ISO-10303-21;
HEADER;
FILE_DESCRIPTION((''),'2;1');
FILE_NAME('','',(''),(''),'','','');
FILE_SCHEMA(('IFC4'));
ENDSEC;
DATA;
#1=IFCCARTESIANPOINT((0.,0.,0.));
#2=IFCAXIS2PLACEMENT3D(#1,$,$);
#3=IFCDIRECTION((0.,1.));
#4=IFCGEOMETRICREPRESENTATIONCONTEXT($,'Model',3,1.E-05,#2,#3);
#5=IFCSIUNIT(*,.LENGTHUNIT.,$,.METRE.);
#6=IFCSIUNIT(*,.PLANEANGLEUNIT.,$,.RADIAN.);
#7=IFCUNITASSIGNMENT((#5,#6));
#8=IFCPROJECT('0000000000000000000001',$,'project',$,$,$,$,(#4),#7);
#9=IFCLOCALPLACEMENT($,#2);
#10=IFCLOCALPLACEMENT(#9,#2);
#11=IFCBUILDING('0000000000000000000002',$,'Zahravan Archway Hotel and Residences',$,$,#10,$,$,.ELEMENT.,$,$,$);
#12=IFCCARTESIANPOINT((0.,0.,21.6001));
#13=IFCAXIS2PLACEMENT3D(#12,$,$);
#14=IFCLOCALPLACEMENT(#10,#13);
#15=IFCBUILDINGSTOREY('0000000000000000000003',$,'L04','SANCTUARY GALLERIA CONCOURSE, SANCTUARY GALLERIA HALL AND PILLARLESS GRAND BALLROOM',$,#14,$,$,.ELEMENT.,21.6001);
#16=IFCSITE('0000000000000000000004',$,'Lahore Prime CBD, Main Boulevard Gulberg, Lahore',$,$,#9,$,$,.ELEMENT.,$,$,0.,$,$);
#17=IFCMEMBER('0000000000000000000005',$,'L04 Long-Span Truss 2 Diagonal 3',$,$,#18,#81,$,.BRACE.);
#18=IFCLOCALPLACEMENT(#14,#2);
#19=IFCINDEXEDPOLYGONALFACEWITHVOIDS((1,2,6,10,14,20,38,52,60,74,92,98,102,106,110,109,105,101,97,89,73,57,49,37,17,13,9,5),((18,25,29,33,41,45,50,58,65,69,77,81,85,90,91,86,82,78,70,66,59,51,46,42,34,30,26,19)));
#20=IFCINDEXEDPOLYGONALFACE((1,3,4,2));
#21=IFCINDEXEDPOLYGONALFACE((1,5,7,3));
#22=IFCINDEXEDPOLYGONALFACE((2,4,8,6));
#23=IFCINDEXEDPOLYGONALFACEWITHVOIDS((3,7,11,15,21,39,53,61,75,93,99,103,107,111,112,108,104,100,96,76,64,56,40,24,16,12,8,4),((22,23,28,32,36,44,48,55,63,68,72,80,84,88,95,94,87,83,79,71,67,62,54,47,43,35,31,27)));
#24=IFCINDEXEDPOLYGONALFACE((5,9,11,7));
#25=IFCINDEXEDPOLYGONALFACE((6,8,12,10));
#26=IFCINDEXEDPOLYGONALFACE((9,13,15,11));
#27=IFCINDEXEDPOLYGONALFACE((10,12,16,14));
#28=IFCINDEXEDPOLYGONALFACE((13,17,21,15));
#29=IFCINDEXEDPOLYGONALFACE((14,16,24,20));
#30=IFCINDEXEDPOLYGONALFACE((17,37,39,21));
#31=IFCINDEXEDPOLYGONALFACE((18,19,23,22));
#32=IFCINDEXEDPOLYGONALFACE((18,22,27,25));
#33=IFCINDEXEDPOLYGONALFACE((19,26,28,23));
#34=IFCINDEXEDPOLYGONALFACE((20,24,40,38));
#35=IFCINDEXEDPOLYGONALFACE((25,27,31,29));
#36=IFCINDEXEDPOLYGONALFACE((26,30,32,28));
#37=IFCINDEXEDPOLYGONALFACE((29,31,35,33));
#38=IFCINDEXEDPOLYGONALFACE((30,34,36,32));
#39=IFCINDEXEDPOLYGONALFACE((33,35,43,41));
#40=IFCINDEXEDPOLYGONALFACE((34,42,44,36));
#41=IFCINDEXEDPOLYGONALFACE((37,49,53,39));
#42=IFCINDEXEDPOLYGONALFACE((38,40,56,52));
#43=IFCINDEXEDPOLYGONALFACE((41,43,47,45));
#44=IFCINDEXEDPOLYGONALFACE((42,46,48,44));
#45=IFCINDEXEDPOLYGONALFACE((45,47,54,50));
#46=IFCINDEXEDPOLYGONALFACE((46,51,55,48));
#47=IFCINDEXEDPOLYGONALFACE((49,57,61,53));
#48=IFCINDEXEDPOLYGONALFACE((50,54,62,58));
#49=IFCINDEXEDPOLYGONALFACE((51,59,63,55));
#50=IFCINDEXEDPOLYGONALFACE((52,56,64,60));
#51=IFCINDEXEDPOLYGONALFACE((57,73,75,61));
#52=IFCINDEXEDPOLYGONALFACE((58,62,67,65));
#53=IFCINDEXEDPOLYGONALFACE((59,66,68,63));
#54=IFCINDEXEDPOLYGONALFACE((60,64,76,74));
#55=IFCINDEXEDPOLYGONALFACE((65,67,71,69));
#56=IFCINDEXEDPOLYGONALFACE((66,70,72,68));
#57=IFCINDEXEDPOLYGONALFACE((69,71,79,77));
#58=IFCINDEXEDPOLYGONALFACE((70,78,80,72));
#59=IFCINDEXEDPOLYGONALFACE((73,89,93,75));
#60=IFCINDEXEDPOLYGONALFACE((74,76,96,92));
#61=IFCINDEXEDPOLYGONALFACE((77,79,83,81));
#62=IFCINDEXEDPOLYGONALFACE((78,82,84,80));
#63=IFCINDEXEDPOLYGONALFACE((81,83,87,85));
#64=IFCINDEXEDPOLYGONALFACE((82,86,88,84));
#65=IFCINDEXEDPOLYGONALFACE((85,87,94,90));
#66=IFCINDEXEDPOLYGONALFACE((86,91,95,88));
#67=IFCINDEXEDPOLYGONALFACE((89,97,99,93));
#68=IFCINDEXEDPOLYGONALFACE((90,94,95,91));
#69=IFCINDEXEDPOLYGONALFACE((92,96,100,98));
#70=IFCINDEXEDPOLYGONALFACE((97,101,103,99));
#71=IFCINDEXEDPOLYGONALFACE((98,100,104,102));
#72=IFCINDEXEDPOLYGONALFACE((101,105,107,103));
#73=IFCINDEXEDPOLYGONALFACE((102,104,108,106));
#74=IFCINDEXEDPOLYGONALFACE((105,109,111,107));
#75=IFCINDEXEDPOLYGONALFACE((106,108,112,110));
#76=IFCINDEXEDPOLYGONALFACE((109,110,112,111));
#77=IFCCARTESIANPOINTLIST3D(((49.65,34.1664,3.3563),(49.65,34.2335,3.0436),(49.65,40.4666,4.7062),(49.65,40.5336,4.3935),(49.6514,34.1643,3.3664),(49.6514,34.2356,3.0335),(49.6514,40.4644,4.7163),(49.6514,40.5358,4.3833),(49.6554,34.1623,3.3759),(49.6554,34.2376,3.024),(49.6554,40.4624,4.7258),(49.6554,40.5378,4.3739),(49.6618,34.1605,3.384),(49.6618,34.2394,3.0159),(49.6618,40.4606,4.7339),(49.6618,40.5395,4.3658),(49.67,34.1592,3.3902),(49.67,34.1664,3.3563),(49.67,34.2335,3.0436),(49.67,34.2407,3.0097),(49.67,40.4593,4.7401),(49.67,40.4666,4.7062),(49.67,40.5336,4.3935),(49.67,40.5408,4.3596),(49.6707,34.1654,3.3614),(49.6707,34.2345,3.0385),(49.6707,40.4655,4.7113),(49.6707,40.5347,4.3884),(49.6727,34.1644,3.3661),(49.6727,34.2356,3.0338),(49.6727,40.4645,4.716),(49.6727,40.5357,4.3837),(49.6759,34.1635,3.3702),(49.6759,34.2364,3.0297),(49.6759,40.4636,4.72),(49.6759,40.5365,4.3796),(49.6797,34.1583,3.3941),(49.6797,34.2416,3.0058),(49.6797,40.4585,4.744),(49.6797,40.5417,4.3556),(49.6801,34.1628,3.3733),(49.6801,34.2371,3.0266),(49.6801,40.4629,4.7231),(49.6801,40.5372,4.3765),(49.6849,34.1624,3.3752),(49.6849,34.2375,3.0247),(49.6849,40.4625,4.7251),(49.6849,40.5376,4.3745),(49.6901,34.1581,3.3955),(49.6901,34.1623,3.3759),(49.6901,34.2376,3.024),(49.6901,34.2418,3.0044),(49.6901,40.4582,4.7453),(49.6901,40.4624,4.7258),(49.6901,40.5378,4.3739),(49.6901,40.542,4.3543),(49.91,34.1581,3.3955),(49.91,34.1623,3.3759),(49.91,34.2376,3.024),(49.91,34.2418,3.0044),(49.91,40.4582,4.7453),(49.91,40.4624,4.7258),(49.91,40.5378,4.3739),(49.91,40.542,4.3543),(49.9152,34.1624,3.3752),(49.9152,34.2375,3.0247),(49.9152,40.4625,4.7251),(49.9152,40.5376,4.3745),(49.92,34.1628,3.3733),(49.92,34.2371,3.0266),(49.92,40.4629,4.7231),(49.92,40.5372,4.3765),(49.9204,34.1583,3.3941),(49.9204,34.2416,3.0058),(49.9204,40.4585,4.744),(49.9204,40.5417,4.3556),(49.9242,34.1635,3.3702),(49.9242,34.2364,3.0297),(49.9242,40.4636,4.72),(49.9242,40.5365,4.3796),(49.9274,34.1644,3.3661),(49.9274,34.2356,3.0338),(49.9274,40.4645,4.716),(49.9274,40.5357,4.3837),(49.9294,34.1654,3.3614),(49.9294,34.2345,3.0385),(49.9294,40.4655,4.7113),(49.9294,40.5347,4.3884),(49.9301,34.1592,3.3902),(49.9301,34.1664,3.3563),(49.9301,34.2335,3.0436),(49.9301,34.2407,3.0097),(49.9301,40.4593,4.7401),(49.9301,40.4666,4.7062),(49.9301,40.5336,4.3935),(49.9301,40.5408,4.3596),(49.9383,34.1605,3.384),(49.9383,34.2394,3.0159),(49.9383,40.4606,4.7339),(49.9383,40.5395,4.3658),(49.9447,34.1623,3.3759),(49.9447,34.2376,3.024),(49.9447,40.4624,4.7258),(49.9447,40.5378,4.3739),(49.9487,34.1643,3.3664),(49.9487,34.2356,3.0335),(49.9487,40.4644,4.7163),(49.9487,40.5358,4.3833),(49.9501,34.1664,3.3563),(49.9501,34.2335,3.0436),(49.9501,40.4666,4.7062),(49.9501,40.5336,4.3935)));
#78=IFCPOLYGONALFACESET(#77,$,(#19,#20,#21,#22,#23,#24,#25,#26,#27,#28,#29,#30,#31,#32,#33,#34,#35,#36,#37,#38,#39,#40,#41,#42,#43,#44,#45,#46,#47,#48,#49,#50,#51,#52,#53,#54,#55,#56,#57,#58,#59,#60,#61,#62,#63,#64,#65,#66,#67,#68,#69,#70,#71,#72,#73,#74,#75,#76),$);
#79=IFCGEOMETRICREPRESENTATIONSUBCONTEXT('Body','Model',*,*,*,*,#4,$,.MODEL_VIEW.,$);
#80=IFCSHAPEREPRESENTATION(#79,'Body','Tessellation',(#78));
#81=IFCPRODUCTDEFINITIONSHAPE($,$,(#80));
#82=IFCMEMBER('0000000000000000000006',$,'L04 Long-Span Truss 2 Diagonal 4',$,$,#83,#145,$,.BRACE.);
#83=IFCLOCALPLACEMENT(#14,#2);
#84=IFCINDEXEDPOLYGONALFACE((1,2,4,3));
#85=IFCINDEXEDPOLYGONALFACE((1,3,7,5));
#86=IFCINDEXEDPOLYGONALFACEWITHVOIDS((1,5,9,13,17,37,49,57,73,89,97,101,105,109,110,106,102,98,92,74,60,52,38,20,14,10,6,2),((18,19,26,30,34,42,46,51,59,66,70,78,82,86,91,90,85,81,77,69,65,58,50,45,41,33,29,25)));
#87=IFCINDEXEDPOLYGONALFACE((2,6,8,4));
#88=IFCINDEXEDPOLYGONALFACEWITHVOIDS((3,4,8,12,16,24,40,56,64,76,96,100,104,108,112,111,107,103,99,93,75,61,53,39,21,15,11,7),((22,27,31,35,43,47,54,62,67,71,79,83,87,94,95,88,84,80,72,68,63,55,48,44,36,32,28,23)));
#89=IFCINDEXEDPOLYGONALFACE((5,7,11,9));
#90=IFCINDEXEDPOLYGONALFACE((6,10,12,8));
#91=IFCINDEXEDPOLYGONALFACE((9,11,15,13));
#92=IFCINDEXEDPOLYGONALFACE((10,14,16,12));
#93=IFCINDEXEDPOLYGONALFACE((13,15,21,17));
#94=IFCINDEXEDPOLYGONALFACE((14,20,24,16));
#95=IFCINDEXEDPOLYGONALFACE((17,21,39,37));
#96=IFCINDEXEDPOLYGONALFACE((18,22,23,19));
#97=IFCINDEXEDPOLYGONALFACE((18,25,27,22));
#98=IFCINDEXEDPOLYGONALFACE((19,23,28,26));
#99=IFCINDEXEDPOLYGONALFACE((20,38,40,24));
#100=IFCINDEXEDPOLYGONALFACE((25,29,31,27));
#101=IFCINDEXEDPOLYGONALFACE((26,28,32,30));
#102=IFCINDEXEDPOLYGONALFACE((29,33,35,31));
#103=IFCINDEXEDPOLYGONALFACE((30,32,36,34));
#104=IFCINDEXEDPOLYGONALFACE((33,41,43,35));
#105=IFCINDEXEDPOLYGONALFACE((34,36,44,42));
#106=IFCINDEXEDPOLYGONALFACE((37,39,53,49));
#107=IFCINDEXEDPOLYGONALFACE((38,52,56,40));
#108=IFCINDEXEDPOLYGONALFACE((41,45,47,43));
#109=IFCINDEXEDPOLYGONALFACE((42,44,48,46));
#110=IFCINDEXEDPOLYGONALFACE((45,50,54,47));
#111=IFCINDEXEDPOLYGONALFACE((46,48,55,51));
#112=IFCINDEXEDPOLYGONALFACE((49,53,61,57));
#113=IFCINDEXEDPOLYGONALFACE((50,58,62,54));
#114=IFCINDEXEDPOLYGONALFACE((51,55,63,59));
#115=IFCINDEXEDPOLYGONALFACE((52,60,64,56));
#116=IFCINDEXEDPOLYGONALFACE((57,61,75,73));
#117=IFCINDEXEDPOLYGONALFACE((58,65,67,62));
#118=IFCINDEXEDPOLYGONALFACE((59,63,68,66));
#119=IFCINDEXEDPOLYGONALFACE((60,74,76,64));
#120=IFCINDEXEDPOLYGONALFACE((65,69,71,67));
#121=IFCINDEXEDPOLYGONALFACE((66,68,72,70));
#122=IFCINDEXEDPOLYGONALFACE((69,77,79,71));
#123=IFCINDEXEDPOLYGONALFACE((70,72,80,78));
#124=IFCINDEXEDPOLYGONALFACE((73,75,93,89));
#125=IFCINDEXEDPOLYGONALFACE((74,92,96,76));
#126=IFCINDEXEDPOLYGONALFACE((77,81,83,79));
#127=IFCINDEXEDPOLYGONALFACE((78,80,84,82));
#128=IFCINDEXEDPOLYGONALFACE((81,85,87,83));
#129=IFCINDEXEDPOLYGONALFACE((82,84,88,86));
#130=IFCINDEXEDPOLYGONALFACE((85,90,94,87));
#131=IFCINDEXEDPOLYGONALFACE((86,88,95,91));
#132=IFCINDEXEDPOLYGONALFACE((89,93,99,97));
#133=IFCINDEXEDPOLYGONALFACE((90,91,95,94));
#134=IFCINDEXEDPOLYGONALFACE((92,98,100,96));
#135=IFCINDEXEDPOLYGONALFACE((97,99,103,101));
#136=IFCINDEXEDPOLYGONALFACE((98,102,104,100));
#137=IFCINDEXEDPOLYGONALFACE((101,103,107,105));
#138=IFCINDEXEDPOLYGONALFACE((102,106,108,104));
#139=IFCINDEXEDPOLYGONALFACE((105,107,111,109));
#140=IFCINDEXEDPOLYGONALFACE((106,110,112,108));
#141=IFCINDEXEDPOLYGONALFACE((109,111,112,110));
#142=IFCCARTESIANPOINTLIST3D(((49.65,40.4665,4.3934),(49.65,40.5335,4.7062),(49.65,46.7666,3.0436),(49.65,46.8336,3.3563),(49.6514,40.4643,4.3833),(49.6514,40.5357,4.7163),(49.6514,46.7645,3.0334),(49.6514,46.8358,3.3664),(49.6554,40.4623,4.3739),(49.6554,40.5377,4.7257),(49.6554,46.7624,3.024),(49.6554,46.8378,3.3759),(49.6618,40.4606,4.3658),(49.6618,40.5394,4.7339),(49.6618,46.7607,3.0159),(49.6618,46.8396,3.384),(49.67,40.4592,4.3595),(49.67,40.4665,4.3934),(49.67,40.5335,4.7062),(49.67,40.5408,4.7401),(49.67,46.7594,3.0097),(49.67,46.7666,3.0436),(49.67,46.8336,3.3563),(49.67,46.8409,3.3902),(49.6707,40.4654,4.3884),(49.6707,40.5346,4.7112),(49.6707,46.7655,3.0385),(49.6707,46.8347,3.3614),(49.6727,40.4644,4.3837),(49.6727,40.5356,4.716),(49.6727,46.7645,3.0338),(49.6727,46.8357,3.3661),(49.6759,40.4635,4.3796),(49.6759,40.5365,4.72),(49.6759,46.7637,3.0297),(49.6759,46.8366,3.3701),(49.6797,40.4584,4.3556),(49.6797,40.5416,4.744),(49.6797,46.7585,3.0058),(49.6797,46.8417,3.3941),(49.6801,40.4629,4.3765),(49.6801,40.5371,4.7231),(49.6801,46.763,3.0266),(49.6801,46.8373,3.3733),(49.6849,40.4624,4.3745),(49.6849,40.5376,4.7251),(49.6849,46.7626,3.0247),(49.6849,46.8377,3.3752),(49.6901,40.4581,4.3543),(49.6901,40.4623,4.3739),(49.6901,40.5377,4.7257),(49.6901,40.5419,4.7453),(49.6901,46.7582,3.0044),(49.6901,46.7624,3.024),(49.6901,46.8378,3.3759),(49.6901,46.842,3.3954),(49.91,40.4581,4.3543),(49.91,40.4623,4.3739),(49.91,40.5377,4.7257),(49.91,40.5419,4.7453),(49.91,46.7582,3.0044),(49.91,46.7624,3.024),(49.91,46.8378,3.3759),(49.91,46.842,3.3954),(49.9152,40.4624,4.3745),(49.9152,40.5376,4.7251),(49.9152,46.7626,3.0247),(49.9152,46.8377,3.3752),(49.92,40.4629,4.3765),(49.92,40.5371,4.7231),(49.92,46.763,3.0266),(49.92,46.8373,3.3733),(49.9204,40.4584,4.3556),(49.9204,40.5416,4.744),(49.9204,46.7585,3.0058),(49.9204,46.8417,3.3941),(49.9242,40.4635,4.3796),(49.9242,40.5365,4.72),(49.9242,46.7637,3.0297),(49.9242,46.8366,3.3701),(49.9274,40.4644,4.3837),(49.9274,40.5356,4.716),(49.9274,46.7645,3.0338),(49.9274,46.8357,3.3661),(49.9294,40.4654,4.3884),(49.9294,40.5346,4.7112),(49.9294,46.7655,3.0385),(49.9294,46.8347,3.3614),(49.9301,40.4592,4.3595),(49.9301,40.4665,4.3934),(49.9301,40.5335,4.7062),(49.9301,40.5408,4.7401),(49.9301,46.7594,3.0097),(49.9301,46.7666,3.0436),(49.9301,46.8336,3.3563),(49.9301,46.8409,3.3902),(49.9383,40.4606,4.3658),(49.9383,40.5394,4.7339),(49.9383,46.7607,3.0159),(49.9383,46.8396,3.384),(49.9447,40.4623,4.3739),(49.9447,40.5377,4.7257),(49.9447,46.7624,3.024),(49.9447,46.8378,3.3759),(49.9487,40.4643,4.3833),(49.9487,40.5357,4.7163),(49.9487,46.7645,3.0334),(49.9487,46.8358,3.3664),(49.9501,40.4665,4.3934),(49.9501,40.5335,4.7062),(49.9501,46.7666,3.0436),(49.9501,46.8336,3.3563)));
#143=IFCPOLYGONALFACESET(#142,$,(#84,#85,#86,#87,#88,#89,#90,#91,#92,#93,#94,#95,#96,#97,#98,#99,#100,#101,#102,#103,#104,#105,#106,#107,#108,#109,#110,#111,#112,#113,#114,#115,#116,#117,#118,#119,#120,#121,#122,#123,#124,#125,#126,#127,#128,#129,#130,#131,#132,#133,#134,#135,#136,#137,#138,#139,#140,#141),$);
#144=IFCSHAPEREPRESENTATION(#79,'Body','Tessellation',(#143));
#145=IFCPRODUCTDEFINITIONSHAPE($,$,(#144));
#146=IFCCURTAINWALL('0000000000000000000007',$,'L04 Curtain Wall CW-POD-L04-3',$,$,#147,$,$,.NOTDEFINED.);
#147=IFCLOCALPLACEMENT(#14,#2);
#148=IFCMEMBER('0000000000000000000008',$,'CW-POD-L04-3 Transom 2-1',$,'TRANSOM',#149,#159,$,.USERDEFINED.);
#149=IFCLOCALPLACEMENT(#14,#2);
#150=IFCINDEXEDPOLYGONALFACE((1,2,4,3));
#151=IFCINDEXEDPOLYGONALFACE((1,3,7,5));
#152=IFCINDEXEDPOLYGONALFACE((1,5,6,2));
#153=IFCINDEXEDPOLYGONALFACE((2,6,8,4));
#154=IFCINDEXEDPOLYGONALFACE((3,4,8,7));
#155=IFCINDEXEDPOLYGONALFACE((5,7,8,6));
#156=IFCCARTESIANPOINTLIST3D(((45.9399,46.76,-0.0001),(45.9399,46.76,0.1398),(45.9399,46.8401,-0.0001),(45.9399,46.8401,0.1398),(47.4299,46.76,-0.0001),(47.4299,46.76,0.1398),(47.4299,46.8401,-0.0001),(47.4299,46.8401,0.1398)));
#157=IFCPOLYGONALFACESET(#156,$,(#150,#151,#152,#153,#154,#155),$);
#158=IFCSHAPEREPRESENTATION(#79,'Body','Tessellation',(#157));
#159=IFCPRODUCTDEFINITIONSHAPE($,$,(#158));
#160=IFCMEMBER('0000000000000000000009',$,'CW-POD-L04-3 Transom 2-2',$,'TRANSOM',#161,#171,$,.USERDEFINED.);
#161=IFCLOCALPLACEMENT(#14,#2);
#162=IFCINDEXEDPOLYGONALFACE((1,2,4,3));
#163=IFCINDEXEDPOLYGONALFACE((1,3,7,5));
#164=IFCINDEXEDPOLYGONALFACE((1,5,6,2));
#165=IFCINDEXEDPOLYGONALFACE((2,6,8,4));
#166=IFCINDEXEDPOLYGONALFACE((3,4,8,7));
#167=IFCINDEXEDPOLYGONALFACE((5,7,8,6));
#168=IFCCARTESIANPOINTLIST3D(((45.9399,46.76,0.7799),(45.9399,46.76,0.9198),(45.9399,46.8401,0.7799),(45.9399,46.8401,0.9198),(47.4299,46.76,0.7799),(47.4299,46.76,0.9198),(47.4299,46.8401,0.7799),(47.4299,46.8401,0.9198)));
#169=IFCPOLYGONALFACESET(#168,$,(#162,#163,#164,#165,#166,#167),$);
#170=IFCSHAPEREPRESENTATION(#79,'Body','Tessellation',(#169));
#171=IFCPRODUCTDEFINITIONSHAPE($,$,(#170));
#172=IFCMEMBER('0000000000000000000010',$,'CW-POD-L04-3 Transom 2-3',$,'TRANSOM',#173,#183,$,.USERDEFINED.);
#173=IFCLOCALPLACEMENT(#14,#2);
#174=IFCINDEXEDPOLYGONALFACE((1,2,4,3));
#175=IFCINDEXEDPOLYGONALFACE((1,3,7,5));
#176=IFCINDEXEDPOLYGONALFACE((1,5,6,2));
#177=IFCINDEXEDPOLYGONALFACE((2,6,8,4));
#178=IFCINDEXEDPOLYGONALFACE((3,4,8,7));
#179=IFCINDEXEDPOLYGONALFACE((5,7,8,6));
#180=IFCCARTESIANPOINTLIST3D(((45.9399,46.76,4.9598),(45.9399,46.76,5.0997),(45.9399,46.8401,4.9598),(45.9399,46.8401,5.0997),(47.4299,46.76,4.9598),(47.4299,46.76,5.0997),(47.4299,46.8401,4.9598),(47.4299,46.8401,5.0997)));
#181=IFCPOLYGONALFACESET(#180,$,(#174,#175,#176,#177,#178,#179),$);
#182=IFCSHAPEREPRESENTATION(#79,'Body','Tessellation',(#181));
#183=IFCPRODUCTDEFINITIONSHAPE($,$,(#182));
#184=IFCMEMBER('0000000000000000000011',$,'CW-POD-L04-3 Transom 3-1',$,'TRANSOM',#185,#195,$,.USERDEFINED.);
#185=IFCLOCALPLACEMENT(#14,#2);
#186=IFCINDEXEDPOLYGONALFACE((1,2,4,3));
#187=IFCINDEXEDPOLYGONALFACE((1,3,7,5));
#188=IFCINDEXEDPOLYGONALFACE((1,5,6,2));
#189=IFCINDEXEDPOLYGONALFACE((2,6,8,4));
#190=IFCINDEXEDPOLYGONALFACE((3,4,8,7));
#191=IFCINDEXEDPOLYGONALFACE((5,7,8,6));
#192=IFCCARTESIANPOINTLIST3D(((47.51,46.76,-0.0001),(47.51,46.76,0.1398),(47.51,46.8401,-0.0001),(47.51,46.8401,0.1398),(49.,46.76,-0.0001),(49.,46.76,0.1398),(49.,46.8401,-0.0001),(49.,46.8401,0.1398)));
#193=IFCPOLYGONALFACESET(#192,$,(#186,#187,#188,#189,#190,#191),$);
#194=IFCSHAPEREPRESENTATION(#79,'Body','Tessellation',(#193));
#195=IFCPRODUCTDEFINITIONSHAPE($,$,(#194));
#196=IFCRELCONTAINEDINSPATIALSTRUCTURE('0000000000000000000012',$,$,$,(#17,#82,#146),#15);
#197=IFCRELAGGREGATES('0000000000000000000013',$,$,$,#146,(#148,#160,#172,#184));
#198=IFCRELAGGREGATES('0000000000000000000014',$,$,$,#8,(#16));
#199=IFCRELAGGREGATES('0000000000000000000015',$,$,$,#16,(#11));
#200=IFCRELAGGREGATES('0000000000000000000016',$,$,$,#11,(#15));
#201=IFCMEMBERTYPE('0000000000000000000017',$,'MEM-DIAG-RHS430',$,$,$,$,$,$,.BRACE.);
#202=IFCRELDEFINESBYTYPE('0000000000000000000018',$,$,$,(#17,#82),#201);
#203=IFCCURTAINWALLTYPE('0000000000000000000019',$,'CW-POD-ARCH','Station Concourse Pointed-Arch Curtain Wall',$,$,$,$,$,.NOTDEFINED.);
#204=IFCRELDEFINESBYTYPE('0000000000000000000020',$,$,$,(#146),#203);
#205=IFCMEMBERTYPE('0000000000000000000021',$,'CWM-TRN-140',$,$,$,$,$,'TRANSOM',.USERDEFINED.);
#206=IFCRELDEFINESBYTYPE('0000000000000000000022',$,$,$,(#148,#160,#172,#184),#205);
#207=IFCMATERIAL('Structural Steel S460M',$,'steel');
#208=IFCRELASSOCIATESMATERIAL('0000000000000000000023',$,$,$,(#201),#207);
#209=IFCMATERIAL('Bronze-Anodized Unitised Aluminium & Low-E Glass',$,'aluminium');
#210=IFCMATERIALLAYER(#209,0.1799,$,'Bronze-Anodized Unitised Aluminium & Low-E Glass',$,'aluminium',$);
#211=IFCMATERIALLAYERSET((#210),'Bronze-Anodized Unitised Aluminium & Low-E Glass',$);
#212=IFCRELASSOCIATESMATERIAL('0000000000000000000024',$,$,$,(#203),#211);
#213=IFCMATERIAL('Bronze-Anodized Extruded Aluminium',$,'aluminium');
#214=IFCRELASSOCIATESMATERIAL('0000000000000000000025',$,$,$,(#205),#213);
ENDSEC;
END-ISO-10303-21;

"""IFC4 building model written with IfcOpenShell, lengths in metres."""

from ifc_helpers import new_model, si_unit, direction, frame, origin, origin_2d, place, context, subcontext, project, spatial, rectangle, hollow_rectangle, extrude, source, transform, mapped, material, layer, layer_set, material_profile, profile_set, type_object, element, aggregate, save


model = new_model("IFC4")

# Units and contexts
model_context = context("Model", 3, precision=1e-05, world=origin(), true_north=direction((0.0, 1.0)))
body_context = subcontext(model_context, "Body", "Model", "MODEL_VIEW")
ifc_project = project(units=[si_unit("LENGTHUNIT", "METRE"), si_unit("PLANEANGLEUNIT", "RADIAN")], contexts=[model_context])

# Site, building, storey
site_placement = place(None, origin())
site = spatial("IfcSite", under=ifc_project, at=site_placement, Name="Lahore Prime CBD, Main Boulevard Gulberg, Lahore", CompositionType="ELEMENT", RefElevation=0.0)
building_placement = place(site_placement, origin())
building = spatial("IfcBuilding", under=site, at=building_placement, Name="Zahravan Archway Hotel and Residences", CompositionType="ELEMENT")
storey_placement = place(building_placement, frame((0.0, 0.0, 21.6001)))
storey = spatial("IfcBuildingStorey", under=building, at=storey_placement, Name="L04", Description="SANCTUARY GALLERIA CONCOURSE, SANCTUARY GALLERIA HALL AND PILLARLESS GRAND BALLROOM", CompositionType="ELEMENT", Elevation=21.6001)

# Members
ifc_material_1 = material(Name="Structural Steel S460M", Category="steel")
ifc_material_profile_1 = material_profile(ifc_material_1, hollow_rectangle(XDim=0.3, YDim=0.3999, WallThickness=0.02, InnerFilletRadius=0.02, OuterFilletRadius=0.04, at=origin_2d()), Name="RHS 400x300x20", Category="steel")
ifc_profile_set_1 = profile_set([ifc_material_profile_1], Name="Structural Steel S460M")
member_type_1 = type_object("IfcMemberType", Name="MEM-DIAG-RHS430", PredefinedType="BRACE", material=ifc_profile_set_1)
shared_shape_1 = source(origin(), body_context, "Body", "SweptSolid", [
    extrude(hollow_rectangle(XDim=0.3, YDim=0.3999, WallThickness=0.02, InnerFilletRadius=0.02, OuterFilletRadius=0.04, at=origin_2d()), origin(), (0.0, 0.0, 1.0), 6.4431),
])
for number, where, z_axis, x_axis, name in (
    (1, (49.8, 34.2, 3.2), (0.0, 0.977807, 0.209506), (-1.0, 0.0, 0.0), "L04 Long-Span Truss 2 Diagonal 3"),
    (2, (49.8, 40.5, 4.5498), (0.0, 0.977807, -0.209506), (-1.0, 0.0, 0.0), "L04 Long-Span Truss 2 Diagonal 4"),
):
    element("IfcMember", number, at=place(storey_placement, frame(where, z_axis=z_axis, x_axis=x_axis)), inside=storey, type_object=member_type_1, Name=name, PredefinedType="BRACE", context=body_context, shape_type="MappedRepresentation", body=[
        mapped(shared_shape_1, transform((0.0, 0.0, 0.0), scale=1.0)),
    ])

# Curtain wall, members
ifc_material_2 = material(Name="Bronze-Anodized Unitised Aluminium & Low-E Glass", Category="aluminium")
ifc_layer_1 = layer(ifc_material_2, 0.1799, Name="Bronze-Anodized Unitised Aluminium & Low-E Glass", Category="aluminium")
ifc_layer_set_1 = layer_set([ifc_layer_1], Name="Bronze-Anodized Unitised Aluminium & Low-E Glass")
curtain_wall_type = type_object("IfcCurtainWallType", Name="CW-POD-ARCH", Description="Station Concourse Pointed-Arch Curtain Wall", PredefinedType="NOTDEFINED", material=ifc_layer_set_1)
curtain_wall_placement = place(storey_placement, origin())
curtain_wall = element("IfcCurtainWall", 3, at=curtain_wall_placement, inside=storey, type_object=curtain_wall_type, Name="L04 Curtain Wall CW-POD-L04-3", PredefinedType="NOTDEFINED")
ifc_material_3 = material(Name="Bronze-Anodized Extruded Aluminium", Category="aluminium")
ifc_material_profile_2 = material_profile(ifc_material_3, rectangle(XDim=0.0801, YDim=0.1399, at=origin_2d()), Name="TRN 80x140", Category="aluminium")
ifc_profile_set_2 = profile_set([ifc_material_profile_2], Name="Bronze-Anodized Extruded Aluminium")
member_type_2 = type_object("IfcMemberType", Name="CWM-TRN-140", ElementType="TRANSOM", PredefinedType="USERDEFINED", material=ifc_profile_set_2)
shared_shape_2 = source(origin(), body_context, "Body", "SweptSolid", [
    extrude(rectangle(XDim=0.0801, YDim=0.1399, at=origin_2d()), origin(), (0.0, 0.0, 1.0), 1.49),
])
member_1_placement = place(storey_placement, frame((45.9399, 46.8, 0.0698), z_axis=(1.0, 0.0, 0.0), x_axis=(0.0, 1.0, 0.0)))
member_1 = element("IfcMember", 4, at=member_1_placement, type_object=member_type_2, Name="CW-POD-L04-3 Transom 2-1", ObjectType="TRANSOM", PredefinedType="USERDEFINED", context=body_context, shape_type="MappedRepresentation", body=[
    mapped(shared_shape_2, transform((0.0, 0.0, 0.0), scale=1.0)),
])
member_2_placement = place(storey_placement, frame((45.9399, 46.8, 0.8499), z_axis=(1.0, 0.0, 0.0), x_axis=(0.0, 1.0, 0.0)))
member_2 = element("IfcMember", 5, at=member_2_placement, type_object=member_type_2, Name="CW-POD-L04-3 Transom 2-2", ObjectType="TRANSOM", PredefinedType="USERDEFINED", context=body_context, shape_type="MappedRepresentation", body=[
    mapped(shared_shape_2, transform((0.0, 0.0, 0.0), scale=1.0)),
])
member_3_placement = place(storey_placement, frame((45.9399, 46.8, 5.0298), z_axis=(1.0, 0.0, 0.0), x_axis=(0.0, 1.0, 0.0)))
member_3 = element("IfcMember", 6, at=member_3_placement, type_object=member_type_2, Name="CW-POD-L04-3 Transom 2-3", ObjectType="TRANSOM", PredefinedType="USERDEFINED", context=body_context, shape_type="MappedRepresentation", body=[
    mapped(shared_shape_2, transform((0.0, 0.0, 0.0), scale=1.0)),
])
member_4_placement = place(storey_placement, frame((47.51, 46.8, 0.0698), z_axis=(1.0, 0.0, 0.0), x_axis=(0.0, 1.0, 0.0)))
member_4 = element("IfcMember", 7, at=member_4_placement, type_object=member_type_2, Name="CW-POD-L04-3 Transom 3-1", ObjectType="TRANSOM", PredefinedType="USERDEFINED", context=body_context, shape_type="MappedRepresentation", body=[
    mapped(shared_shape_2, transform((0.0, 0.0, 0.0), scale=1.0)),
])

aggregate(curtain_wall, [member_1, member_2, member_3, member_4])

save(model, "model.ifc")
